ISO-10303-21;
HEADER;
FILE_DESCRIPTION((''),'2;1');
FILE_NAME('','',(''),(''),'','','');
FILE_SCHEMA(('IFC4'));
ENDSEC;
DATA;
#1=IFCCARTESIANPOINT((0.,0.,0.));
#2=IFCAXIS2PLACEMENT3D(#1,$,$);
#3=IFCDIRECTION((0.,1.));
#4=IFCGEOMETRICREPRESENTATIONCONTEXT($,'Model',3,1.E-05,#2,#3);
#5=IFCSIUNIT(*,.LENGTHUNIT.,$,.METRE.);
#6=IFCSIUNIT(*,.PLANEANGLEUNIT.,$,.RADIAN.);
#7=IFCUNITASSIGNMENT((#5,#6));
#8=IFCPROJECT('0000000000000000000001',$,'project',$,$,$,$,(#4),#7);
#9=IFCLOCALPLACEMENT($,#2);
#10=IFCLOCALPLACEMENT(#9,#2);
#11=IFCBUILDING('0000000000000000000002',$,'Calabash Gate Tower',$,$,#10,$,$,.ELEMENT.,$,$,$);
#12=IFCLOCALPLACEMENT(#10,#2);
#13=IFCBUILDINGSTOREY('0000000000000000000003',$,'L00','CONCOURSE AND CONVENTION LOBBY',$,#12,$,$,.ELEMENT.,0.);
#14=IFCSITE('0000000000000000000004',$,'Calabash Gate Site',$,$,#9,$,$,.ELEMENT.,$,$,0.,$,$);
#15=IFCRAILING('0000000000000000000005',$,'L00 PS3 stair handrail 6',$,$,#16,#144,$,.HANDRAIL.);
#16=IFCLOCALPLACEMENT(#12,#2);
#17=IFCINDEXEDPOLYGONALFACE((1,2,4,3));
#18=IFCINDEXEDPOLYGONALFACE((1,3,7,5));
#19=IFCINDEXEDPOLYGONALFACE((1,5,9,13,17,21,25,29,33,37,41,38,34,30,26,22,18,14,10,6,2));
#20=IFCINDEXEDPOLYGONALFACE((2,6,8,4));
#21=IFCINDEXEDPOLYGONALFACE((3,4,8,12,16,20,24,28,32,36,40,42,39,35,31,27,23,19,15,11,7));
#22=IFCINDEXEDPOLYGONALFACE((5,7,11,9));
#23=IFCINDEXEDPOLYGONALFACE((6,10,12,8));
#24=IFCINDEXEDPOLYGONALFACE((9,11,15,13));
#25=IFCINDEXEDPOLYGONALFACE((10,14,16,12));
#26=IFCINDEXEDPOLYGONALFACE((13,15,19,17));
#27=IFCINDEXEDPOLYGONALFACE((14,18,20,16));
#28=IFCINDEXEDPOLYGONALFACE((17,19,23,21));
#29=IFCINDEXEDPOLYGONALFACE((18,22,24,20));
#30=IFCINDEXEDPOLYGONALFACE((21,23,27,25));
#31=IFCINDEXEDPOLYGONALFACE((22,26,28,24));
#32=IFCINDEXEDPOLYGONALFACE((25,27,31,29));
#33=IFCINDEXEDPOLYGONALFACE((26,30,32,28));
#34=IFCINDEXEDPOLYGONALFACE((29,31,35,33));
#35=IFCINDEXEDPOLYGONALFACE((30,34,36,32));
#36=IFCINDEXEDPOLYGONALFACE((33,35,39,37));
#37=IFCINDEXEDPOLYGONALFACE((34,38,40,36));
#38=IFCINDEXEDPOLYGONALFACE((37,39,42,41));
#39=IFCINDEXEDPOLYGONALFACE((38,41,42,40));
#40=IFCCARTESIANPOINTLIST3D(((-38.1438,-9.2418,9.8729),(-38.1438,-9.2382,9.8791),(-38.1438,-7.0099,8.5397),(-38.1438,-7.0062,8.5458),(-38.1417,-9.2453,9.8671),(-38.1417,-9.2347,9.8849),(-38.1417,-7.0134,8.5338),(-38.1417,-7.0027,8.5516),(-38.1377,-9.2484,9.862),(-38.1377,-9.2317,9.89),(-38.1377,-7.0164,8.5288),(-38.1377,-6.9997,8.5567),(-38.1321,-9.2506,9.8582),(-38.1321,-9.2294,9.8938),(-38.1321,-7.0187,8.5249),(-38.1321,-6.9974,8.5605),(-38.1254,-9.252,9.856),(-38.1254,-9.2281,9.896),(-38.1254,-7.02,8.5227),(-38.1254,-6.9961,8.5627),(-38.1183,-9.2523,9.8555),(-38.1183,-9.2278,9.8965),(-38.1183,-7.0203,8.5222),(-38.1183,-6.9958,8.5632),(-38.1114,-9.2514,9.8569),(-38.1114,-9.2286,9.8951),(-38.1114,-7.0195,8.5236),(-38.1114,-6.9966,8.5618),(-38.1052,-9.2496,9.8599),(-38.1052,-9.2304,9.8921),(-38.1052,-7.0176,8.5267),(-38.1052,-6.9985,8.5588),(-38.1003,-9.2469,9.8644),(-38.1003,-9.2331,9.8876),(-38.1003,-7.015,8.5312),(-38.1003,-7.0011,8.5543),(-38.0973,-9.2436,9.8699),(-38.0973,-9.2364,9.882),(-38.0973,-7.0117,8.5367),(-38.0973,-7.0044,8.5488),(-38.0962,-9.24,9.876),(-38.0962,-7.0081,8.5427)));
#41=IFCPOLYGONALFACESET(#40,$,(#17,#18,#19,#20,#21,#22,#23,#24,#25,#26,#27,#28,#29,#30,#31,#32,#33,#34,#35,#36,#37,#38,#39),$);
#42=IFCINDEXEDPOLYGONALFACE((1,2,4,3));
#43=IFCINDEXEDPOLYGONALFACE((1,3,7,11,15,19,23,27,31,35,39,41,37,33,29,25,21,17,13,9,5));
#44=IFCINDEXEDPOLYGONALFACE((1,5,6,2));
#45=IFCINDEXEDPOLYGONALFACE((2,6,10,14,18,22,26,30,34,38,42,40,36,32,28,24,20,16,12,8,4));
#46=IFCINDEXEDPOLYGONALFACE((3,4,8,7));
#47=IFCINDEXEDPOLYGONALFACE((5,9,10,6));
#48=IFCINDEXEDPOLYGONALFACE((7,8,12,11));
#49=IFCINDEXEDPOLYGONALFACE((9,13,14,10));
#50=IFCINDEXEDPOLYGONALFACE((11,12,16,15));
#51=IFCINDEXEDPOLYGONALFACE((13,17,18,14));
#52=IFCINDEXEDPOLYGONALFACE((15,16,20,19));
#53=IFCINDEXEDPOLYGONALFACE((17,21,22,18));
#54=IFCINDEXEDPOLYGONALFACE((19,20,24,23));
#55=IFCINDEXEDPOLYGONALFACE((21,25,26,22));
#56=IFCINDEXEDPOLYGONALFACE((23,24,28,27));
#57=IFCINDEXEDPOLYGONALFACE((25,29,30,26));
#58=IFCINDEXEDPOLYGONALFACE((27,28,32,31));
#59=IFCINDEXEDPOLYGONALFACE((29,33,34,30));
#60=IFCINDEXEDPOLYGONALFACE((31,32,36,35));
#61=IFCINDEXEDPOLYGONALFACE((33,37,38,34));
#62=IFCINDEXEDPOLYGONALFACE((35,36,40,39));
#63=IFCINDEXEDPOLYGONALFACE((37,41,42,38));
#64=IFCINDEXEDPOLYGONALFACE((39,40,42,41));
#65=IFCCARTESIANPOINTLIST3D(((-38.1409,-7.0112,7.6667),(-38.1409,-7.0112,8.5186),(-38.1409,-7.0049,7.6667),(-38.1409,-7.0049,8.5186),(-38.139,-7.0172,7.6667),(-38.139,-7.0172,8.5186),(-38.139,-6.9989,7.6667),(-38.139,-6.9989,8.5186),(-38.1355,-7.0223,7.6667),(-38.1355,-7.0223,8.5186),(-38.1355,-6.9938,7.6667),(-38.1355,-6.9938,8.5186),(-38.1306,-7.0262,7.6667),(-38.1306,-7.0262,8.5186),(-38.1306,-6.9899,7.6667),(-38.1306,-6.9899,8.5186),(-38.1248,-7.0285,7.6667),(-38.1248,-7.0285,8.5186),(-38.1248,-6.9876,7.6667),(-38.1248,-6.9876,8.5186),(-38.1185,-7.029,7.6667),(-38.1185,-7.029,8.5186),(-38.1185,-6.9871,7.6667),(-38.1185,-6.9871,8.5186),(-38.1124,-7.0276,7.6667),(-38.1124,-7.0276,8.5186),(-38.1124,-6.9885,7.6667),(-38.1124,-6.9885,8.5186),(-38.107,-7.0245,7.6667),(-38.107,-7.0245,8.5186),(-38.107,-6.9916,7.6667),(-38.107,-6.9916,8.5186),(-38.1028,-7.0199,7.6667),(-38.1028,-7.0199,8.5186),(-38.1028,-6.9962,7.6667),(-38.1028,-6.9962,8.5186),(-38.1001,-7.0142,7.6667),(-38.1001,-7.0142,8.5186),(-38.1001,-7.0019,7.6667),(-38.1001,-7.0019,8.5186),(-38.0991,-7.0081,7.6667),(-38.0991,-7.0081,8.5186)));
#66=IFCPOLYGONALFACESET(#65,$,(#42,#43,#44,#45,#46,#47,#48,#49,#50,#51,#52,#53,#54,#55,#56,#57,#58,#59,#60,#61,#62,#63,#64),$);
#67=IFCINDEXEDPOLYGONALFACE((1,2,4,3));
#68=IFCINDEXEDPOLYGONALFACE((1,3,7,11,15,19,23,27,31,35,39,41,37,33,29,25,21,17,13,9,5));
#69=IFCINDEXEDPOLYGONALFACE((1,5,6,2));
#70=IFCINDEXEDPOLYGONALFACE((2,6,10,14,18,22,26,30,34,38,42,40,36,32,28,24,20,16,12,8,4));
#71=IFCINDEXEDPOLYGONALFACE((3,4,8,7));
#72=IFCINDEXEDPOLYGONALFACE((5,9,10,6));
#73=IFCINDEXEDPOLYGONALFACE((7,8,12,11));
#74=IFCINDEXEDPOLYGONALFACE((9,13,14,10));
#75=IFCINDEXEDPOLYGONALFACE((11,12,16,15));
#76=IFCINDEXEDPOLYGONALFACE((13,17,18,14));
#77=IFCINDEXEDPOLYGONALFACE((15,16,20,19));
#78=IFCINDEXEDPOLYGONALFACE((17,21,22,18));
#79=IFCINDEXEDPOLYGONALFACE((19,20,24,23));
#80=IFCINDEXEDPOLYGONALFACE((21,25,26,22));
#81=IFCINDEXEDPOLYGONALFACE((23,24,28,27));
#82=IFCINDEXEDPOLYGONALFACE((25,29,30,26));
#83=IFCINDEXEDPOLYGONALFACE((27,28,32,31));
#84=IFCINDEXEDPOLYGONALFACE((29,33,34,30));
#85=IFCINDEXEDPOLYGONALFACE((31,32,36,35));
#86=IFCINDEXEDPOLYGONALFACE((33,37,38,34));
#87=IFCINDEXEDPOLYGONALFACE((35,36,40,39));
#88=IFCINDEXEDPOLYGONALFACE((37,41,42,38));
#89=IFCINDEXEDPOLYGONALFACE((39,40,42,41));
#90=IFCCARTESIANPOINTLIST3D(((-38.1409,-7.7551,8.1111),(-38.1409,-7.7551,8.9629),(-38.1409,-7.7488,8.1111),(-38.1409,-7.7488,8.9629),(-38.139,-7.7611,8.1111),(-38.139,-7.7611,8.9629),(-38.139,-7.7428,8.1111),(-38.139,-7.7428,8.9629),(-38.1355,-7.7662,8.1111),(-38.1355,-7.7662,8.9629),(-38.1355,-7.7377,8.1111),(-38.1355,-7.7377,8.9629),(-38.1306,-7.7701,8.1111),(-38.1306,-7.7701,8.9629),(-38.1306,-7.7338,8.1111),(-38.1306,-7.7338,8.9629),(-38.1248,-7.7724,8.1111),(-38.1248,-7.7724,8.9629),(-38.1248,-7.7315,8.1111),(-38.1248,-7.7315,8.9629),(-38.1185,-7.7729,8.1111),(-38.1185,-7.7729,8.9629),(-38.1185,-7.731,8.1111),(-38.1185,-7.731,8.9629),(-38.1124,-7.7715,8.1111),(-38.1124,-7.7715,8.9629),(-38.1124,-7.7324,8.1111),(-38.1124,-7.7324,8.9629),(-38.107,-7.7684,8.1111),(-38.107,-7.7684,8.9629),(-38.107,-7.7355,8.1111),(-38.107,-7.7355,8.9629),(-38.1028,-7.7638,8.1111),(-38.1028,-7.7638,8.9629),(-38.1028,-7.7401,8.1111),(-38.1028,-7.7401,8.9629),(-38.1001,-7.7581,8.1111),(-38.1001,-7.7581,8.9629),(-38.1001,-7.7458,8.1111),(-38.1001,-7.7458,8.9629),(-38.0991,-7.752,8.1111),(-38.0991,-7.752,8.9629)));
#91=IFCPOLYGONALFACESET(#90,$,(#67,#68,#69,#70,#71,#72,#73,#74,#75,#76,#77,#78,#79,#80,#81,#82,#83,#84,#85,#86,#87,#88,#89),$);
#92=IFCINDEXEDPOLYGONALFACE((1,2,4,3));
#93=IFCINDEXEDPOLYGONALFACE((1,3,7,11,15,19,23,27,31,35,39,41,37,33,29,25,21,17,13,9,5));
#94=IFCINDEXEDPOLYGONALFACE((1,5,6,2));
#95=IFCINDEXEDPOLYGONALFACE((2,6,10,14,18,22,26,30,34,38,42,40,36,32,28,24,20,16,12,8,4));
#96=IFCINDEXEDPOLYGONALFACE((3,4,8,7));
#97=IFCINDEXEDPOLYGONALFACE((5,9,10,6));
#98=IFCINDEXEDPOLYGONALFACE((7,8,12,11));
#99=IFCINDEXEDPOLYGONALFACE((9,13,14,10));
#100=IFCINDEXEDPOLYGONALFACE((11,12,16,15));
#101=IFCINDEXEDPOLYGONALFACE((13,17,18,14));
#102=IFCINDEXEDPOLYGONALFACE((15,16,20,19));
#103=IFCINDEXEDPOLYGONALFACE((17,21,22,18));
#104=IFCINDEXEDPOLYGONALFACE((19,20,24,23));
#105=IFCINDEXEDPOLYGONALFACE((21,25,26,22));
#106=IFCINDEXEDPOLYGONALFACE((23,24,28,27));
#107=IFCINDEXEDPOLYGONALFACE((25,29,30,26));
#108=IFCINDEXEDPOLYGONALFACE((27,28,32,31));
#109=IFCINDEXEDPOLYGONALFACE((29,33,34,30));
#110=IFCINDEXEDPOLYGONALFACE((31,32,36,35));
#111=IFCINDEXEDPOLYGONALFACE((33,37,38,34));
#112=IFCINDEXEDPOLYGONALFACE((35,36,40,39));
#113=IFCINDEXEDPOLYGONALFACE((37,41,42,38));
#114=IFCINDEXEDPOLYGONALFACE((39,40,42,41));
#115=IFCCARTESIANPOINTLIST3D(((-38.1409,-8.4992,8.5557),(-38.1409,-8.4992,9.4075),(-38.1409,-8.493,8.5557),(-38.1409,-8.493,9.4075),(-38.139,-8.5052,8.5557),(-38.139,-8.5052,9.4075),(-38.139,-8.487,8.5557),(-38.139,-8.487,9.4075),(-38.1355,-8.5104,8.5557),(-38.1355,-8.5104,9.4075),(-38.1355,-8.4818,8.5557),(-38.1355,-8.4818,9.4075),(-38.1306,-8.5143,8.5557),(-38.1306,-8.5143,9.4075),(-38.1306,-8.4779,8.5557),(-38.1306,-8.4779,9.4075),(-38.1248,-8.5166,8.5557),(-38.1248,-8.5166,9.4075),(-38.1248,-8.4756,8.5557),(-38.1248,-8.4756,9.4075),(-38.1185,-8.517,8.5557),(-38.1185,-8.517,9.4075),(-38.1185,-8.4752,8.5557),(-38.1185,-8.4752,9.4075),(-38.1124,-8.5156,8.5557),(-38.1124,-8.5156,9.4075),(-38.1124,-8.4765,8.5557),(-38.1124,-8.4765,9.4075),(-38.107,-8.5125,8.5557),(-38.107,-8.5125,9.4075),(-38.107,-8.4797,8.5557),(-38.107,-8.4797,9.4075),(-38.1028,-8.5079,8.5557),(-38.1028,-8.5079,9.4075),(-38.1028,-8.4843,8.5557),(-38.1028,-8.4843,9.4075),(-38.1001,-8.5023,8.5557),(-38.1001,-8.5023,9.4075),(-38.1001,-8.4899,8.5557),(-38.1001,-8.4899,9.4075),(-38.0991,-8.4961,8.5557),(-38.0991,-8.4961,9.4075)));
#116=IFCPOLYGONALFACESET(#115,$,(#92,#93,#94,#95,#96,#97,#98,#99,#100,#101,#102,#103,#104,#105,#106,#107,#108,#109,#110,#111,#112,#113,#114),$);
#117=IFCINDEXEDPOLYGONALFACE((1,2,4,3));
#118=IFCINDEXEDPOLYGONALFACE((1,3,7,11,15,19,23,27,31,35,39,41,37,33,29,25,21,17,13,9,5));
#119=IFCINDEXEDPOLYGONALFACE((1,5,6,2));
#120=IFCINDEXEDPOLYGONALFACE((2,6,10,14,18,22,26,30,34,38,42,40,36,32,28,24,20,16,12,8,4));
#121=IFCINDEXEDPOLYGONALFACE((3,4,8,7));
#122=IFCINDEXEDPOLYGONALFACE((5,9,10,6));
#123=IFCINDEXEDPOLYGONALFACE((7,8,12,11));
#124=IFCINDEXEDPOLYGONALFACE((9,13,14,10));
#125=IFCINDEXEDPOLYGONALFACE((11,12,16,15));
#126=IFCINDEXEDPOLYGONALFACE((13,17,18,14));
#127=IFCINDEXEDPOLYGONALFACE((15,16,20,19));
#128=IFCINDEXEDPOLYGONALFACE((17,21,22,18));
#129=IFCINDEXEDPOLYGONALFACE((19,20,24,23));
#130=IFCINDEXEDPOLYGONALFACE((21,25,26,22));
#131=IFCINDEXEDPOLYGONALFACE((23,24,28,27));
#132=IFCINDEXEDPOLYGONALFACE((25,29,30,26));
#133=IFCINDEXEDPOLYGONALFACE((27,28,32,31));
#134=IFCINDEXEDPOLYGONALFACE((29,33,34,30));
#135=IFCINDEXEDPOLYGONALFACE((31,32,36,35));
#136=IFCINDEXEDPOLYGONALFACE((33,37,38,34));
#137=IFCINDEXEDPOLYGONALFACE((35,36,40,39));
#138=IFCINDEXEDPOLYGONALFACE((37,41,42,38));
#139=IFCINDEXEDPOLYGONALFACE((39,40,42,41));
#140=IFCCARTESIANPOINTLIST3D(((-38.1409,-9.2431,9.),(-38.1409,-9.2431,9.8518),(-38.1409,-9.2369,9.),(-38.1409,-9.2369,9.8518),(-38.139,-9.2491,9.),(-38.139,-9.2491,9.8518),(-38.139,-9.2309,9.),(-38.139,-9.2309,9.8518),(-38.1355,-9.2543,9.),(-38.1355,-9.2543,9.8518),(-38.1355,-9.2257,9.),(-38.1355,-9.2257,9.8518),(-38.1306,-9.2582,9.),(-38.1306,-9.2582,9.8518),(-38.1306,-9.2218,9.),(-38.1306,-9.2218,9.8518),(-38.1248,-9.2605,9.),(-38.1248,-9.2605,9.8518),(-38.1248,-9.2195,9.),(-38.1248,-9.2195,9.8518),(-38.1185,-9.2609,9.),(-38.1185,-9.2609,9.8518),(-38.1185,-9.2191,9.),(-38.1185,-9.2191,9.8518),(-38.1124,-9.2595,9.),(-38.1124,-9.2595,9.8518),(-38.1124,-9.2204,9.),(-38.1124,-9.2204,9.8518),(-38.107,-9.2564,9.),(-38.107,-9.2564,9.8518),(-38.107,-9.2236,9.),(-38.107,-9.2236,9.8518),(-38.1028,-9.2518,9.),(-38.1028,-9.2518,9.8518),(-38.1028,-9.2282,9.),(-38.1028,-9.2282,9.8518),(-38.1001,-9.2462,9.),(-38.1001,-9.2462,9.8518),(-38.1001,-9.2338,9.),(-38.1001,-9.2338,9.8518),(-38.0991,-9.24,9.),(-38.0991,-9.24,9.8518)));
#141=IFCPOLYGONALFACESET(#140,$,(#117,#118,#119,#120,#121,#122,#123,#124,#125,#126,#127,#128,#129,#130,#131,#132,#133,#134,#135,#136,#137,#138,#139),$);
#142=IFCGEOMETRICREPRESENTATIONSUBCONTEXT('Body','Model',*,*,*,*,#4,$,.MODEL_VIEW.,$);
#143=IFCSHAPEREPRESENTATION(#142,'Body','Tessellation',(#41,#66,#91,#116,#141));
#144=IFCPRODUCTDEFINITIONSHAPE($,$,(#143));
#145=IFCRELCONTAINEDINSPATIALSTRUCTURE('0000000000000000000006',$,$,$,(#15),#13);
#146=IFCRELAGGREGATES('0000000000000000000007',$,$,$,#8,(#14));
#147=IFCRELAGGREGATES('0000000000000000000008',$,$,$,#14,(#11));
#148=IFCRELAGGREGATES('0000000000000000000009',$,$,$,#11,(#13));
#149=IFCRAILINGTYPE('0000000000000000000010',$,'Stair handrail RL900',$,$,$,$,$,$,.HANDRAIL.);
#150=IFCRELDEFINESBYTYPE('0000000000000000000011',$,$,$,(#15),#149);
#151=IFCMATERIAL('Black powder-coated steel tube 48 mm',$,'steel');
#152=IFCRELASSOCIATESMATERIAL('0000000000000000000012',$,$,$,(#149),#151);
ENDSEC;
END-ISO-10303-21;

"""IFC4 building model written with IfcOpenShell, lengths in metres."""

from ifc_helpers import new_model, si_unit, direction, frame, origin, origin_2d, place, context, subcontext, project, spatial, circle, extrude, material, type_object, element, save


model = new_model("IFC4")

# Units and contexts
model_context = context("Model", 3, precision=1e-05, world=origin(), true_north=direction((0.0, 1.0)))
body_context = subcontext(model_context, "Body", "Model", "MODEL_VIEW")
ifc_project = project(units=[si_unit("LENGTHUNIT", "METRE"), si_unit("PLANEANGLEUNIT", "RADIAN")], contexts=[model_context])

# Site, building, storey
site_placement = place(None, origin())
site = spatial("IfcSite", under=ifc_project, at=site_placement, Name="Calabash Gate Site", CompositionType="ELEMENT", RefElevation=0.0)
building_placement = place(site_placement, origin())
building = spatial("IfcBuilding", under=site, at=building_placement, Name="Calabash Gate Tower", CompositionType="ELEMENT")
storey_placement = place(building_placement, origin())
storey = spatial("IfcBuildingStorey", under=building, at=storey_placement, Name="L00", Description="CONCOURSE AND CONVENTION LOBBY", CompositionType="ELEMENT", Elevation=0.0)

# Railing
ifc_material_1 = material(Name="Black powder-coated steel tube 48 mm", Category="steel")
railing_type_1 = type_object("IfcRailingType", Name="Stair handrail RL900", PredefinedType="HANDRAIL", material=ifc_material_1)
for number, where, name in (
    (1, (-38.1201, -7.0081, 7.6667), "L00 PS3 stair handrail 6"),
):
    element("IfcRailing", number, at=place(storey_placement, frame(where)), inside=storey, type_object=railing_type_1, Name=name, PredefinedType="HANDRAIL", context=body_context, shape_type="SweptSolid", body=[
        extrude(circle(Radius=0.0239, at=origin_2d()), frame((0.0, 0.0, 0.876), z_axis=(0.0, -0.858494, 0.512824), x_axis=(1.0, 0.0, 0.0)), (0.0, 0.0, 1.0), 2.5999),
        extrude(circle(Radius=0.021, at=origin_2d()), origin(), (0.0, 0.0, 1.0), 0.8518),
        extrude(circle(Radius=0.021, at=origin_2d()), frame((0.0, -0.7439, 0.4443)), (0.0, 0.0, 1.0), 0.8518),
        extrude(circle(Radius=0.021, at=origin_2d()), frame((0.0, -1.488, 0.8889)), (0.0, 0.0, 1.0), 0.8518),
        extrude(circle(Radius=0.021, at=origin_2d()), frame((0.0, -2.2319, 1.3333)), (0.0, 0.0, 1.0), 0.8518),
    ])

save(model, "model.ifc")
